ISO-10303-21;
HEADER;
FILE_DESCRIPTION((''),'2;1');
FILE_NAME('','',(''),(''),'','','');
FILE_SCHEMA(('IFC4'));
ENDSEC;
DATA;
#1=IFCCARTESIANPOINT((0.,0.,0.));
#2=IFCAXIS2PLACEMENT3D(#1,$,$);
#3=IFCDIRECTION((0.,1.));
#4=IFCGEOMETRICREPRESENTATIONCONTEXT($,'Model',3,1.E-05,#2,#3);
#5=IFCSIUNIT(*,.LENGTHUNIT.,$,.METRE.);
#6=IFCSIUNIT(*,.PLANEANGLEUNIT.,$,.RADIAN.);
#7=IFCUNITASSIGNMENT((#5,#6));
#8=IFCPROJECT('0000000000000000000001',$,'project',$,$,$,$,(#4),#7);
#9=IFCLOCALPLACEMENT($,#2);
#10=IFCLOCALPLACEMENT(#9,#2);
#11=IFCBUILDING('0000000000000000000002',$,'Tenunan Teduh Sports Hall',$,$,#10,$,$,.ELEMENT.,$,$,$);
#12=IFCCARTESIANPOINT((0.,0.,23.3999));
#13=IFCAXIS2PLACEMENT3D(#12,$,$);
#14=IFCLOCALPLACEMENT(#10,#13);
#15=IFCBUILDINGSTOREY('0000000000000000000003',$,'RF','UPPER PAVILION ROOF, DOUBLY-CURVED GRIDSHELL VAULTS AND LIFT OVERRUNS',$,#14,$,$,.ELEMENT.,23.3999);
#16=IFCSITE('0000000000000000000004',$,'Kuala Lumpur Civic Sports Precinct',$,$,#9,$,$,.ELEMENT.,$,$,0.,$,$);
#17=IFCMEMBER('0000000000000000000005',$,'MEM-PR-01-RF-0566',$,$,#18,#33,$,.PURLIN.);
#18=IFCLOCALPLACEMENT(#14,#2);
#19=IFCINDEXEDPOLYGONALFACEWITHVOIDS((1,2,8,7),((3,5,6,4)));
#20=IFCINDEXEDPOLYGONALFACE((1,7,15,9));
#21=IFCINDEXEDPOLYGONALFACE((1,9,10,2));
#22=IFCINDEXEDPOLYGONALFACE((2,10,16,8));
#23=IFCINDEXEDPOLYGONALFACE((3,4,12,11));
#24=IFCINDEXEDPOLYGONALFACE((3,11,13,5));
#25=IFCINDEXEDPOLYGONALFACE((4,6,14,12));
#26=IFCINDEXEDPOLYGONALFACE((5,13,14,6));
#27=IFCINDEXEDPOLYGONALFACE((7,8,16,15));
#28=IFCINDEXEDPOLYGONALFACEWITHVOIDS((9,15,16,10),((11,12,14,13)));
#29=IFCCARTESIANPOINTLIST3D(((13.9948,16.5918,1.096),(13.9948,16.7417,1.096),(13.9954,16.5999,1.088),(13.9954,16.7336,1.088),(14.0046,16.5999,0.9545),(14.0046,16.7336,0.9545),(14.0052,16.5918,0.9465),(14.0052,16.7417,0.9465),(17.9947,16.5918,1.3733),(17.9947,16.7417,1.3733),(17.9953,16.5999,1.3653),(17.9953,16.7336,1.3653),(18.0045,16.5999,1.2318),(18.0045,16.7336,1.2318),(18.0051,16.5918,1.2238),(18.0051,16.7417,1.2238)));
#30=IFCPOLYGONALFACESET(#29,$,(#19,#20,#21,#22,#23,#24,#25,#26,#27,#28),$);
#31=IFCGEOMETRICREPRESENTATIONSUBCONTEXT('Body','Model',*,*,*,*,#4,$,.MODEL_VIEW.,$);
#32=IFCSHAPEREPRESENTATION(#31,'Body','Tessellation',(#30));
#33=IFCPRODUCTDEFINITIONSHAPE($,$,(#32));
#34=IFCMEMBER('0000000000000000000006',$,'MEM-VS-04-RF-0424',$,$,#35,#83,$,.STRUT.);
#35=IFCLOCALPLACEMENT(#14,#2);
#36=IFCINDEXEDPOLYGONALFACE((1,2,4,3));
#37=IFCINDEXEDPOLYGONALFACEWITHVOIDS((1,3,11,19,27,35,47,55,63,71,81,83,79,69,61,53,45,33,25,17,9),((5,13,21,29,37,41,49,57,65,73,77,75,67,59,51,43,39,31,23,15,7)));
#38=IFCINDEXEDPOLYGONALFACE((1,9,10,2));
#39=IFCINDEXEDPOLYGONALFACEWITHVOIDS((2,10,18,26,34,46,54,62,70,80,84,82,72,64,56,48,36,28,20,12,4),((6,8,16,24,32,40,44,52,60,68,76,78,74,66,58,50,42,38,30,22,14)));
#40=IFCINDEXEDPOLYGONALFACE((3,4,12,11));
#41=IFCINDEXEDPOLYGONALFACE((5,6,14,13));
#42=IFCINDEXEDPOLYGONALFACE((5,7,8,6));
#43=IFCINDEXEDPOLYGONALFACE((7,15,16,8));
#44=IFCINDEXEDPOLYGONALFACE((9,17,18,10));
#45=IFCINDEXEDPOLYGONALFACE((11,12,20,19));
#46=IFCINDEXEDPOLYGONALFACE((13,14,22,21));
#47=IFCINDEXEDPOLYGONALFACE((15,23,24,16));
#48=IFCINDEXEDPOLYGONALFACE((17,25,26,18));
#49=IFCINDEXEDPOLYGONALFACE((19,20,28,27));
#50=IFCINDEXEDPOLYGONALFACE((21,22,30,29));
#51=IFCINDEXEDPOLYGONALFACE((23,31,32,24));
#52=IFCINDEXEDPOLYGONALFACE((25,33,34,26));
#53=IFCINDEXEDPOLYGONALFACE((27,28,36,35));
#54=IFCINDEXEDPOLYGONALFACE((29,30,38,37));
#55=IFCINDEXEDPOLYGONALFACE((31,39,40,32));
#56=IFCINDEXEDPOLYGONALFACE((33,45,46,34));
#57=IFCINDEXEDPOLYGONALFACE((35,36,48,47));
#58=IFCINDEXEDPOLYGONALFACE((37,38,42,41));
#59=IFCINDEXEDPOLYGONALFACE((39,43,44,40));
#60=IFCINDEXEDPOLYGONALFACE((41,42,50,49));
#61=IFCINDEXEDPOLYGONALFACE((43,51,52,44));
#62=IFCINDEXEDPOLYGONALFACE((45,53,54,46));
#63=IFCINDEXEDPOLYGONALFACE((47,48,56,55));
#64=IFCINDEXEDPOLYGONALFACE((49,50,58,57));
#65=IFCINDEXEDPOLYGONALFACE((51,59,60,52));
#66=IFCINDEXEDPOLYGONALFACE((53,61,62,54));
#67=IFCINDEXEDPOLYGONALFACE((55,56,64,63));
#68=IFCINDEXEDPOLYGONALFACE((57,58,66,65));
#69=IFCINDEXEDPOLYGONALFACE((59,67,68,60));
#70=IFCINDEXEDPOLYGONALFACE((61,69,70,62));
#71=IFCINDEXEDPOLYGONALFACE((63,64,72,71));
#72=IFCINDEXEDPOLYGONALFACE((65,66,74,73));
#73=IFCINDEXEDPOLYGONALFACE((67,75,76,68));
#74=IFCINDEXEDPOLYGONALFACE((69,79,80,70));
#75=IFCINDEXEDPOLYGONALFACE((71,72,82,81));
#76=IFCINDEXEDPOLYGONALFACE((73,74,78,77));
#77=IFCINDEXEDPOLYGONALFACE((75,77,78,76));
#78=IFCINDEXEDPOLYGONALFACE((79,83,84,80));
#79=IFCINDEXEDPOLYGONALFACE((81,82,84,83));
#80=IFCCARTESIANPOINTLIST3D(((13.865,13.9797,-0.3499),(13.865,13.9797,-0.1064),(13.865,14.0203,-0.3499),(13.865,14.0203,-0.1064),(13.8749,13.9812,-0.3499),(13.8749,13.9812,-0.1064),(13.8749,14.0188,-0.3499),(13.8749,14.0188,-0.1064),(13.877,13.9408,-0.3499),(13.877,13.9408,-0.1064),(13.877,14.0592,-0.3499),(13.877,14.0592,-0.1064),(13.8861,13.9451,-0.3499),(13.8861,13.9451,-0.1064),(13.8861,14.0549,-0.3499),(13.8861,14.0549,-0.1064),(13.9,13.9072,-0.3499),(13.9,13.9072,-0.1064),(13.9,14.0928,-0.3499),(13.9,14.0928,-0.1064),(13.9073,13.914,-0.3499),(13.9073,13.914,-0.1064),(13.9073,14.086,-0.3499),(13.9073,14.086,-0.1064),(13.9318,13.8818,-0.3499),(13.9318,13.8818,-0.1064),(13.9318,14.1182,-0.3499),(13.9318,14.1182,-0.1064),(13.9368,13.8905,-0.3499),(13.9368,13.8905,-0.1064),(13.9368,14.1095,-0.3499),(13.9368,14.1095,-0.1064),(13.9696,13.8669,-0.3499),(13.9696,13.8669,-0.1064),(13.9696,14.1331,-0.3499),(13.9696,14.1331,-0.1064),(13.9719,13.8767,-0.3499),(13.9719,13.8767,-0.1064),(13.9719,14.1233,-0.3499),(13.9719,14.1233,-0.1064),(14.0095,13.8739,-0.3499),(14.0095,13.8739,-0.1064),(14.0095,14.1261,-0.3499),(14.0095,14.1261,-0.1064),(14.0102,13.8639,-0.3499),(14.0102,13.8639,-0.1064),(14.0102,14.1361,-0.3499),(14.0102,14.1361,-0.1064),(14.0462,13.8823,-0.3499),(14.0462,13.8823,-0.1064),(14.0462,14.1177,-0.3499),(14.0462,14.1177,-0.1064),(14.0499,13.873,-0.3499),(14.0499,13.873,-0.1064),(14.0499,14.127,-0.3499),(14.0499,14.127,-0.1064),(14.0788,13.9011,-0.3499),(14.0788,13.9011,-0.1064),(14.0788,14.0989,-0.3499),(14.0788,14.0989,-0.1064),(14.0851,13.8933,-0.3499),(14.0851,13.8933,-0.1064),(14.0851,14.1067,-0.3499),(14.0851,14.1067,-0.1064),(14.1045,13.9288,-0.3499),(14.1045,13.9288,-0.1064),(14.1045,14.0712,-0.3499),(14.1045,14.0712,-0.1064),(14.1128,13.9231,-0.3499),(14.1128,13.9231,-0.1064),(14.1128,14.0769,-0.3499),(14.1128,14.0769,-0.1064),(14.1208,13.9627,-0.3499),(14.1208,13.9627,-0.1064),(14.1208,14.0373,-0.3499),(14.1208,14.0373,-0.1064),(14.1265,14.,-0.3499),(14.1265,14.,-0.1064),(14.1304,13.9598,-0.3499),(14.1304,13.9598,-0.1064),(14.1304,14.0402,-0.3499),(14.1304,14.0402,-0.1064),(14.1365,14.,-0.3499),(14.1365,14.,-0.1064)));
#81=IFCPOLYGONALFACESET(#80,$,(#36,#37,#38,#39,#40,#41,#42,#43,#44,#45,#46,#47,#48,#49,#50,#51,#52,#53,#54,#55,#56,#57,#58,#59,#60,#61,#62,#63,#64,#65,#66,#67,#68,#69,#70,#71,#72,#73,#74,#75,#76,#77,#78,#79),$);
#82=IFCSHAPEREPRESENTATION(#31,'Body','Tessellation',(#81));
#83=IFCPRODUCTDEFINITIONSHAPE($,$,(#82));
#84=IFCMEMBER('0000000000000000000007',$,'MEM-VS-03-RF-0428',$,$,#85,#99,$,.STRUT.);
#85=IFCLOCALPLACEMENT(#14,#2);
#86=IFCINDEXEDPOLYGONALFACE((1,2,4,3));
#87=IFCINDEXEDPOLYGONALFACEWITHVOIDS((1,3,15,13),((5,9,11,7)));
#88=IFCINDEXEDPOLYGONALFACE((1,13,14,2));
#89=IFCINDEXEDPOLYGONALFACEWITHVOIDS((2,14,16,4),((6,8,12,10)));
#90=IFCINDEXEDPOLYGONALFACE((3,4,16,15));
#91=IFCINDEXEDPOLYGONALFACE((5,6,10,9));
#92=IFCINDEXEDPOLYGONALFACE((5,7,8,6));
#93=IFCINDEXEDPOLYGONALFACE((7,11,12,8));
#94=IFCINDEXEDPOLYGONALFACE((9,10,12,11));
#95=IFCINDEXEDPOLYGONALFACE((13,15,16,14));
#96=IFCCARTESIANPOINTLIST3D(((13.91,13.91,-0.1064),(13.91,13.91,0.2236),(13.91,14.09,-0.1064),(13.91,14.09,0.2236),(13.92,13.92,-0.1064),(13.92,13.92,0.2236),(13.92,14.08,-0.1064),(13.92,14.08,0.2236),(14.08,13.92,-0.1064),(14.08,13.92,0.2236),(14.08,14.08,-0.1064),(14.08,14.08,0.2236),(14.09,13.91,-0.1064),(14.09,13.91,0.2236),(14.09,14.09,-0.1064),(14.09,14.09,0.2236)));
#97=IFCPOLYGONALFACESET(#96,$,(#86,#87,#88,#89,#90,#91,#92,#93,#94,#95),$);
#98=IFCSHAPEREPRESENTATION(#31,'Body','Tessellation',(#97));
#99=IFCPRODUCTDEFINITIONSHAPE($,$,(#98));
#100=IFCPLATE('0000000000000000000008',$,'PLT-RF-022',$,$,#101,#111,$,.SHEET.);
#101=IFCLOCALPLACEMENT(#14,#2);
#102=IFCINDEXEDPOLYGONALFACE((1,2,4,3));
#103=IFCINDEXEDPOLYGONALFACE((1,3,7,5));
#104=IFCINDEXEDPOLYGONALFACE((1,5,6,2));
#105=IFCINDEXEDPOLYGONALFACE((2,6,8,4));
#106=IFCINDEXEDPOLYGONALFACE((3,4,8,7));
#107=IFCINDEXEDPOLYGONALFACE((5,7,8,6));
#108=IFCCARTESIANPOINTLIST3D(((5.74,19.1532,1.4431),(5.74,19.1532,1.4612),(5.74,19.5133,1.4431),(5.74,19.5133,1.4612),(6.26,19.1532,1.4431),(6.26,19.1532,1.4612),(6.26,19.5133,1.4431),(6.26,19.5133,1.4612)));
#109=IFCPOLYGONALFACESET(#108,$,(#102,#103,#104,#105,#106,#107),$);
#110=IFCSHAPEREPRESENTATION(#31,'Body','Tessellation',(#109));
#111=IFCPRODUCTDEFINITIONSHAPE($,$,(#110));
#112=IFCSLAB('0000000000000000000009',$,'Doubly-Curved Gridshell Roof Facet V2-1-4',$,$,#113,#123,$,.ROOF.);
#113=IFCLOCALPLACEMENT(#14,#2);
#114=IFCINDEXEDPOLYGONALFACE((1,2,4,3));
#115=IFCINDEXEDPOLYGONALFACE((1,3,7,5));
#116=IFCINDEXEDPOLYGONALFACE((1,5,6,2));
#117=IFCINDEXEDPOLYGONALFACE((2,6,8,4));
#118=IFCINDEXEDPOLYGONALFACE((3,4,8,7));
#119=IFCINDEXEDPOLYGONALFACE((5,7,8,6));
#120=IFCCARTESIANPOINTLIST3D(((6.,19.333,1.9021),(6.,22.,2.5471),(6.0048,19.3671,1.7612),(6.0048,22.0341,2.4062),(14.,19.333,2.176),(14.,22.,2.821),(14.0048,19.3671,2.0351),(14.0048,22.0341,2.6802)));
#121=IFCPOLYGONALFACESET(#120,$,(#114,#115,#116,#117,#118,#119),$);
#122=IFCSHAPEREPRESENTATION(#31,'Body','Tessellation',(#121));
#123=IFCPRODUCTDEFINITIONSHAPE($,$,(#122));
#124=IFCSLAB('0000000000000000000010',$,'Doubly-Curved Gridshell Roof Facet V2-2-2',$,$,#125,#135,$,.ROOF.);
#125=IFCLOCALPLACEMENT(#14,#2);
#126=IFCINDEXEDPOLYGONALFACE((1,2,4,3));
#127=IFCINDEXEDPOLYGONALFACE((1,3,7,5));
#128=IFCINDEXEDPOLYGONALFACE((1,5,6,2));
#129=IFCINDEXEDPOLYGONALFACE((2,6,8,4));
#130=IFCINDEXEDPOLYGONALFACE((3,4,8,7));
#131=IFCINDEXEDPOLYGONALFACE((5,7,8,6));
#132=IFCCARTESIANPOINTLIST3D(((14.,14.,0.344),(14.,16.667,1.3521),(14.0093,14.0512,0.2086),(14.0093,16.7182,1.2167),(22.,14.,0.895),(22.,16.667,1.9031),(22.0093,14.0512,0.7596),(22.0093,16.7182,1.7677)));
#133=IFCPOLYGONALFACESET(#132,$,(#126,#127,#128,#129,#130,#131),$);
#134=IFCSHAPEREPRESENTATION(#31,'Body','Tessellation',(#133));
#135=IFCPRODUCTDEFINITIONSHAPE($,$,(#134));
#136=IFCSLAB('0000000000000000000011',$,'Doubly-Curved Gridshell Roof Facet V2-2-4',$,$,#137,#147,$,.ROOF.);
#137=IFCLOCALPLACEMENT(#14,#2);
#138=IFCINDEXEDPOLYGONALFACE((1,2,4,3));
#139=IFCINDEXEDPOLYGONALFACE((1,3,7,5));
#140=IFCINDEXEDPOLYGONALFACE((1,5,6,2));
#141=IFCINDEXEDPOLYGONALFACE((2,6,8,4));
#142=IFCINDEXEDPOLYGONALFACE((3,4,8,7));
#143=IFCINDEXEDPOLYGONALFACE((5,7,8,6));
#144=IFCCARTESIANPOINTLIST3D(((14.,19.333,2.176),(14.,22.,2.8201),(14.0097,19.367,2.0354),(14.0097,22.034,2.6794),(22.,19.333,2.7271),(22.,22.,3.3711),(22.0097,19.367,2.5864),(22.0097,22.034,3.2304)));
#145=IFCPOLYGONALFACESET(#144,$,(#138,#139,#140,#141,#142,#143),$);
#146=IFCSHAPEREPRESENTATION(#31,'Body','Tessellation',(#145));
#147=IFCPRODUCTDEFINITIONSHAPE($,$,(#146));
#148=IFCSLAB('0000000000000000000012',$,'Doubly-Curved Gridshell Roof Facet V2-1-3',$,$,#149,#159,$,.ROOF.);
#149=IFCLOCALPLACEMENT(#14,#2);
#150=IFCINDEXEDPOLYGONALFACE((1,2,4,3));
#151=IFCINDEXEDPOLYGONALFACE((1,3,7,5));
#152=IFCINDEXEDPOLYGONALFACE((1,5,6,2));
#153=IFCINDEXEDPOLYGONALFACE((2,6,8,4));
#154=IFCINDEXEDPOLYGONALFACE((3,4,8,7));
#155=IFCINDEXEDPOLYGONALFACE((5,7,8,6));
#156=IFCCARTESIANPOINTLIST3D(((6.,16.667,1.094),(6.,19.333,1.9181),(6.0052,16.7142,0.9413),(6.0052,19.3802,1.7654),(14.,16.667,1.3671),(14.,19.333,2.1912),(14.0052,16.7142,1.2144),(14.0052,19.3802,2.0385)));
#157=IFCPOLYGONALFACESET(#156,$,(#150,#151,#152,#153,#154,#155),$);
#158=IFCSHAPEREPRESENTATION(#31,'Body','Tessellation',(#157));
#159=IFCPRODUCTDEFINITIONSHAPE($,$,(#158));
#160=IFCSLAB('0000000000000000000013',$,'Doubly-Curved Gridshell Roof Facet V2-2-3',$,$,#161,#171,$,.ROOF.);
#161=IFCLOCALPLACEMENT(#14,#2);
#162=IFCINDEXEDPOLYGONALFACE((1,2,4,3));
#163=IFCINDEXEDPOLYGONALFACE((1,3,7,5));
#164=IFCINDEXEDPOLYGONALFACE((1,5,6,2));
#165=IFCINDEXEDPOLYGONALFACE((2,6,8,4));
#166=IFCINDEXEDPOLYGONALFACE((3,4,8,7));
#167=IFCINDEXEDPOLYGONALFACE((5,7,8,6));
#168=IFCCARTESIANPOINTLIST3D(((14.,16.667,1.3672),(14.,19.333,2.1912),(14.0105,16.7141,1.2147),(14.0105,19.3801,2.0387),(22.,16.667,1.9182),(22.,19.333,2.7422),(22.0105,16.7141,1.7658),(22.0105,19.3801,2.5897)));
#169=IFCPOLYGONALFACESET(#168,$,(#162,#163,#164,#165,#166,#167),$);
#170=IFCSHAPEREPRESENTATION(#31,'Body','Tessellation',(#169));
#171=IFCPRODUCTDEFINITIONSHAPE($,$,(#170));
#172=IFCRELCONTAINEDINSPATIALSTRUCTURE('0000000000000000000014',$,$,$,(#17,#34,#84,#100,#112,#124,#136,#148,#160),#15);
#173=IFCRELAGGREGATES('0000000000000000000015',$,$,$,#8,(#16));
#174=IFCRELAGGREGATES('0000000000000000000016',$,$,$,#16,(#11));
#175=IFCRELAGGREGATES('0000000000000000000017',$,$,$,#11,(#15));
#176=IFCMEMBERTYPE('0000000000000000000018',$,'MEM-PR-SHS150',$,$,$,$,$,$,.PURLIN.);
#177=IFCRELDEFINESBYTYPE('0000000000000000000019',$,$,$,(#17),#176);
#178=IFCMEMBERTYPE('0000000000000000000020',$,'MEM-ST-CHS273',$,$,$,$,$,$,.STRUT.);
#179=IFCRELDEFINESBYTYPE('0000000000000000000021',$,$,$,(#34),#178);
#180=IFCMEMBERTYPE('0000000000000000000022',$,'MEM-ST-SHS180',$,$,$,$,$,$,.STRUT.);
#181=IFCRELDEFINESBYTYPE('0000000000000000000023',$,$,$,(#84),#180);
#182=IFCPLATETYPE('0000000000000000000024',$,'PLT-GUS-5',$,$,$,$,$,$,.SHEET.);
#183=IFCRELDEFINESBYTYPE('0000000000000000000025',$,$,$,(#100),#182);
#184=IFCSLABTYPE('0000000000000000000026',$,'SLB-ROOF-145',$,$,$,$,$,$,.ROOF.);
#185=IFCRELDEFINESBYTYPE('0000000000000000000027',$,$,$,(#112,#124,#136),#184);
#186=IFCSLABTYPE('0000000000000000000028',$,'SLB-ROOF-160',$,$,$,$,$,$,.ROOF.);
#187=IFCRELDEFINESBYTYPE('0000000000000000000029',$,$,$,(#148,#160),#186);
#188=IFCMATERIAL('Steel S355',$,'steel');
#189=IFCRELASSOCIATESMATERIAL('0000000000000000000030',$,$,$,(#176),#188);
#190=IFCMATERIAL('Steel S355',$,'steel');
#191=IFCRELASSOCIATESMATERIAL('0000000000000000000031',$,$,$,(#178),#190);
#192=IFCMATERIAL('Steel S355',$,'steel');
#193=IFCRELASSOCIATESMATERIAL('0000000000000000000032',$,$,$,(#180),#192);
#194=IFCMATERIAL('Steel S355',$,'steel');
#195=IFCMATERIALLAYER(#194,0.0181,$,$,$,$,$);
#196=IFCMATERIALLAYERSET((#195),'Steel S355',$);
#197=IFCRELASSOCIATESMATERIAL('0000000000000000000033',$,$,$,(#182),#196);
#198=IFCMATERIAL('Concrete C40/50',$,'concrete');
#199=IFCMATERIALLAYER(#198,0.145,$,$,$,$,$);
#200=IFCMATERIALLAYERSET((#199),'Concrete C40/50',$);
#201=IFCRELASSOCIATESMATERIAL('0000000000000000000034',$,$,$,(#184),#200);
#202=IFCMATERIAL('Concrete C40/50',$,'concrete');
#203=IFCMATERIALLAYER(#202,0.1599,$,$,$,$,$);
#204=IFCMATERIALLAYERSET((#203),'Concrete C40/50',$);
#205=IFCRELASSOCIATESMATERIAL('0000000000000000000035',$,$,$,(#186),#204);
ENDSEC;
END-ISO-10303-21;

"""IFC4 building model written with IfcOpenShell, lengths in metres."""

from ifc_helpers import new_model, si_unit, direction, frame, origin, origin_2d, place, context, subcontext, project, spatial, polyline, rectangle, hollow_rectangle, hollow_circle, outline, extrude, material, layer, layer_set, material_profile, profile_set, type_object, element, save


model = new_model("IFC4")

# Units and contexts
model_context = context("Model", 3, precision=1e-05, world=origin(), true_north=direction((0.0, 1.0)))
body_context = subcontext(model_context, "Body", "Model", "MODEL_VIEW")
ifc_project = project(units=[si_unit("LENGTHUNIT", "METRE"), si_unit("PLANEANGLEUNIT", "RADIAN")], contexts=[model_context])

# Site, building, storey
site_placement = place(None, origin())
site = spatial("IfcSite", under=ifc_project, at=site_placement, Name="Kuala Lumpur Civic Sports Precinct", CompositionType="ELEMENT", RefElevation=0.0)
building_placement = place(site_placement, origin())
building = spatial("IfcBuilding", under=site, at=building_placement, Name="Tenunan Teduh Sports Hall", CompositionType="ELEMENT")
storey_placement = place(building_placement, frame((0.0, 0.0, 23.3999)))
storey = spatial("IfcBuildingStorey", under=building, at=storey_placement, Name="RF", Description="UPPER PAVILION ROOF, DOUBLY-CURVED GRIDSHELL VAULTS AND LIFT OVERRUNS", CompositionType="ELEMENT", Elevation=23.3999)

# Members
ifc_material_1 = material(Name="Steel S355", Category="steel")
ifc_material_profile_1 = material_profile(ifc_material_1, hollow_rectangle(XDim=0.1499, YDim=0.1499, WallThickness=0.0081, at=origin_2d()), Name="SHS 150x150x8.0")
ifc_profile_set_1 = profile_set([ifc_material_profile_1], Name="Steel S355")
member_type_1 = type_object("IfcMemberType", Name="MEM-PR-SHS150", PredefinedType="PURLIN", material=ifc_profile_set_1)
member_1_placement = place(storey_placement, frame((14.0, 16.6667, 1.0212), z_axis=(0.997605, 0.0, 0.06917), x_axis=(0.0, 1.0, 0.0)))
element("IfcMember", 1, at=member_1_placement, inside=storey, type_object=member_type_1, Name="MEM-PR-01-RF-0566", PredefinedType="PURLIN", context=body_context, shape_type="SweptSolid", body=[
    extrude(hollow_rectangle(XDim=0.1499, YDim=0.1499, WallThickness=0.0081, at=origin_2d()), origin(), (0.0, 0.0, 1.0), 4.0095),
])
ifc_material_2 = material(Name="Steel S355", Category="steel")
ifc_material_profile_2 = material_profile(ifc_material_2, hollow_circle(Radius=0.1365, WallThickness=0.01, at=origin_2d()), Name="CHS 273.0x10.0")
ifc_profile_set_2 = profile_set([ifc_material_profile_2], Name="Steel S355")
member_type_2 = type_object("IfcMemberType", Name="MEM-ST-CHS273", PredefinedType="STRUT", material=ifc_profile_set_2)
member_2_placement = place(storey_placement, frame((14.0, 14.0, -0.3499), z_axis=(0.0, 0.0, 1.0), x_axis=(1.0, 0.0, 0.0)))
element("IfcMember", 2, at=member_2_placement, inside=storey, type_object=member_type_2, Name="MEM-VS-04-RF-0424", PredefinedType="STRUT", context=body_context, shape_type="SweptSolid", body=[
    extrude(hollow_circle(Radius=0.1365, WallThickness=0.01, at=origin_2d()), origin(), (0.0, 0.0, 1.0), 0.2434),
])
ifc_material_3 = material(Name="Steel S355", Category="steel")
ifc_material_profile_3 = material_profile(ifc_material_3, hollow_rectangle(XDim=0.1799, YDim=0.1799, WallThickness=0.01, at=origin_2d()), Name="SHS 180x180x10.0")
ifc_profile_set_3 = profile_set([ifc_material_profile_3], Name="Steel S355")
member_type_3 = type_object("IfcMemberType", Name="MEM-ST-SHS180", PredefinedType="STRUT", material=ifc_profile_set_3)
member_3_placement = place(storey_placement, frame((14.0, 14.0, -0.1064), z_axis=(0.0, 0.0, 1.0), x_axis=(1.0, 0.0, 0.0)))
element("IfcMember", 3, at=member_3_placement, inside=storey, type_object=member_type_3, Name="MEM-VS-03-RF-0428", PredefinedType="STRUT", context=body_context, shape_type="SweptSolid", body=[
    extrude(hollow_rectangle(XDim=0.1799, YDim=0.1799, WallThickness=0.01, at=origin_2d()), origin(), (0.0, 0.0, 1.0), 0.3301),
])

# Plate
ifc_material_4 = material(Name="Steel S355", Category="steel")
ifc_layer_1 = layer(ifc_material_4, 0.0181)
ifc_layer_set_1 = layer_set([ifc_layer_1], Name="Steel S355")
plate_type = type_object("IfcPlateType", Name="PLT-GUS-5", PredefinedType="SHEET", material=ifc_layer_set_1)
plate_placement = place(storey_placement, frame((6.0, 19.3333, 1.4431), z_axis=(0.0, 0.0, 1.0), x_axis=(1.0, 0.0, 0.0)))
element("IfcPlate", 4, at=plate_placement, inside=storey, type_object=plate_type, Name="PLT-RF-022", PredefinedType="SHEET", context=body_context, shape_type="SweptSolid", body=[
    extrude(rectangle(XDim=0.52, YDim=0.3601, at=origin_2d()), origin(), (0.0, 0.0, 1.0), 0.0181),
])

# Slabs
ifc_material_5 = material(Name="Concrete C40/50", Category="concrete")
ifc_layer_2 = layer(ifc_material_5, 0.145)
ifc_layer_set_2 = layer_set([ifc_layer_2], Name="Concrete C40/50")
slab_type_1 = type_object("IfcSlabType", Name="SLB-ROOF-145", PredefinedType="ROOF", material=ifc_layer_set_2)
slab_1_placement = place(storey_placement, frame((6.0, 19.333, 1.9021), z_axis=(-0.033263, -0.234945, 0.971439), x_axis=(0.999414, 0.0, 0.034221)))
element("IfcSlab", 5, at=slab_1_placement, inside=storey, type_object=slab_type_1, Name="Doubly-Curved Gridshell Roof Facet V2-1-4", PredefinedType="ROOF", context=body_context, shape_type="SweptSolid", body=[
    extrude(outline(polyline([(0.0, 0.0), (8.0047, 0.0), (8.0268, 2.7438), (0.0221, 2.7438), (0.0, 0.0)])), origin(), (0.0, 0.0, -1.0), 0.145),
])
slab_2_placement = place(storey_placement, frame((14.0, 14.0, 0.344), z_axis=(-0.064296, -0.352831, 0.933476), x_axis=(0.997636, 0.0, 0.068715)))
element("IfcSlab", 6, at=slab_2_placement, inside=storey, type_object=slab_type_1, Name="Doubly-Curved Gridshell Roof Facet V2-2-2", PredefinedType="ROOF", context=body_context, shape_type="SweptSolid", body=[
    extrude(outline(polyline([(0.0, 0.0), (8.019, 0.0), (8.0882, 2.8503), (0.0693, 2.8503), (0.0, 0.0)])), origin(), (0.0, 0.0, -1.0), 0.145),
])
slab_3_placement = place(storey_placement, frame((14.0, 19.333, 2.176), z_axis=(-0.066804, -0.234215, 0.969887), x_axis=(0.997636, 0.0, 0.068715)))
element("IfcSlab", 7, at=slab_3_placement, inside=storey, type_object=slab_type_1, Name="Doubly-Curved Gridshell Roof Facet V2-2-4", PredefinedType="ROOF", context=body_context, shape_type="SweptSolid", body=[
    extrude(outline(polyline([(0.0, 0.0), (8.019, 0.0), (8.0632, 2.7433), (0.0443, 2.7433), (0.0, 0.0)])), origin(), (0.0, 0.0, -1.0), 0.145),
])
ifc_material_6 = material(Name="Concrete C40/50", Category="concrete")
ifc_layer_3 = layer(ifc_material_6, 0.1599)
ifc_layer_set_3 = layer_set([ifc_layer_3], Name="Concrete C40/50")
slab_type_2 = type_object("IfcSlabType", Name="SLB-ROOF-160", PredefinedType="ROOF", material=ifc_layer_set_3)
slab_4_placement = place(storey_placement, frame((6.0, 16.667, 1.094), z_axis=(-0.032594, -0.295168, 0.954889), x_axis=(0.999418, 0.000004, 0.034115)))
element("IfcSlab", 8, at=slab_4_placement, inside=storey, type_object=slab_type_2, Name="Doubly-Curved Gridshell Roof Facet V2-1-3", PredefinedType="ROOF", context=body_context, shape_type="SweptSolid", body=[
    extrude(outline(polyline([(0.0, 0.0), (8.0047, 0.0), (8.0328, 2.7903), (0.0281, 2.7904), (0.0, 0.0)])), origin(), (0.0, 0.0, -1.0), 0.1599),
])
slab_5_placement = place(storey_placement, frame((14.0, 16.667, 1.3672), z_axis=(-0.065665, -0.294647, 0.953347), x_axis=(0.997636, 0.0, 0.068715)))
element("IfcSlab", 9, at=slab_5_placement, inside=storey, type_object=slab_type_2, Name="Doubly-Curved Gridshell Roof Facet V2-2-3", PredefinedType="ROOF", context=body_context, shape_type="SweptSolid", body=[
    extrude(outline(polyline([(0.0, 0.0), (8.019, 0.0), (8.0756, 2.7899), (0.0566, 2.7899), (0.0, 0.0)])), origin(), (0.0, 0.0, -1.0), 0.1599),
])

save(model, "model.ifc")
